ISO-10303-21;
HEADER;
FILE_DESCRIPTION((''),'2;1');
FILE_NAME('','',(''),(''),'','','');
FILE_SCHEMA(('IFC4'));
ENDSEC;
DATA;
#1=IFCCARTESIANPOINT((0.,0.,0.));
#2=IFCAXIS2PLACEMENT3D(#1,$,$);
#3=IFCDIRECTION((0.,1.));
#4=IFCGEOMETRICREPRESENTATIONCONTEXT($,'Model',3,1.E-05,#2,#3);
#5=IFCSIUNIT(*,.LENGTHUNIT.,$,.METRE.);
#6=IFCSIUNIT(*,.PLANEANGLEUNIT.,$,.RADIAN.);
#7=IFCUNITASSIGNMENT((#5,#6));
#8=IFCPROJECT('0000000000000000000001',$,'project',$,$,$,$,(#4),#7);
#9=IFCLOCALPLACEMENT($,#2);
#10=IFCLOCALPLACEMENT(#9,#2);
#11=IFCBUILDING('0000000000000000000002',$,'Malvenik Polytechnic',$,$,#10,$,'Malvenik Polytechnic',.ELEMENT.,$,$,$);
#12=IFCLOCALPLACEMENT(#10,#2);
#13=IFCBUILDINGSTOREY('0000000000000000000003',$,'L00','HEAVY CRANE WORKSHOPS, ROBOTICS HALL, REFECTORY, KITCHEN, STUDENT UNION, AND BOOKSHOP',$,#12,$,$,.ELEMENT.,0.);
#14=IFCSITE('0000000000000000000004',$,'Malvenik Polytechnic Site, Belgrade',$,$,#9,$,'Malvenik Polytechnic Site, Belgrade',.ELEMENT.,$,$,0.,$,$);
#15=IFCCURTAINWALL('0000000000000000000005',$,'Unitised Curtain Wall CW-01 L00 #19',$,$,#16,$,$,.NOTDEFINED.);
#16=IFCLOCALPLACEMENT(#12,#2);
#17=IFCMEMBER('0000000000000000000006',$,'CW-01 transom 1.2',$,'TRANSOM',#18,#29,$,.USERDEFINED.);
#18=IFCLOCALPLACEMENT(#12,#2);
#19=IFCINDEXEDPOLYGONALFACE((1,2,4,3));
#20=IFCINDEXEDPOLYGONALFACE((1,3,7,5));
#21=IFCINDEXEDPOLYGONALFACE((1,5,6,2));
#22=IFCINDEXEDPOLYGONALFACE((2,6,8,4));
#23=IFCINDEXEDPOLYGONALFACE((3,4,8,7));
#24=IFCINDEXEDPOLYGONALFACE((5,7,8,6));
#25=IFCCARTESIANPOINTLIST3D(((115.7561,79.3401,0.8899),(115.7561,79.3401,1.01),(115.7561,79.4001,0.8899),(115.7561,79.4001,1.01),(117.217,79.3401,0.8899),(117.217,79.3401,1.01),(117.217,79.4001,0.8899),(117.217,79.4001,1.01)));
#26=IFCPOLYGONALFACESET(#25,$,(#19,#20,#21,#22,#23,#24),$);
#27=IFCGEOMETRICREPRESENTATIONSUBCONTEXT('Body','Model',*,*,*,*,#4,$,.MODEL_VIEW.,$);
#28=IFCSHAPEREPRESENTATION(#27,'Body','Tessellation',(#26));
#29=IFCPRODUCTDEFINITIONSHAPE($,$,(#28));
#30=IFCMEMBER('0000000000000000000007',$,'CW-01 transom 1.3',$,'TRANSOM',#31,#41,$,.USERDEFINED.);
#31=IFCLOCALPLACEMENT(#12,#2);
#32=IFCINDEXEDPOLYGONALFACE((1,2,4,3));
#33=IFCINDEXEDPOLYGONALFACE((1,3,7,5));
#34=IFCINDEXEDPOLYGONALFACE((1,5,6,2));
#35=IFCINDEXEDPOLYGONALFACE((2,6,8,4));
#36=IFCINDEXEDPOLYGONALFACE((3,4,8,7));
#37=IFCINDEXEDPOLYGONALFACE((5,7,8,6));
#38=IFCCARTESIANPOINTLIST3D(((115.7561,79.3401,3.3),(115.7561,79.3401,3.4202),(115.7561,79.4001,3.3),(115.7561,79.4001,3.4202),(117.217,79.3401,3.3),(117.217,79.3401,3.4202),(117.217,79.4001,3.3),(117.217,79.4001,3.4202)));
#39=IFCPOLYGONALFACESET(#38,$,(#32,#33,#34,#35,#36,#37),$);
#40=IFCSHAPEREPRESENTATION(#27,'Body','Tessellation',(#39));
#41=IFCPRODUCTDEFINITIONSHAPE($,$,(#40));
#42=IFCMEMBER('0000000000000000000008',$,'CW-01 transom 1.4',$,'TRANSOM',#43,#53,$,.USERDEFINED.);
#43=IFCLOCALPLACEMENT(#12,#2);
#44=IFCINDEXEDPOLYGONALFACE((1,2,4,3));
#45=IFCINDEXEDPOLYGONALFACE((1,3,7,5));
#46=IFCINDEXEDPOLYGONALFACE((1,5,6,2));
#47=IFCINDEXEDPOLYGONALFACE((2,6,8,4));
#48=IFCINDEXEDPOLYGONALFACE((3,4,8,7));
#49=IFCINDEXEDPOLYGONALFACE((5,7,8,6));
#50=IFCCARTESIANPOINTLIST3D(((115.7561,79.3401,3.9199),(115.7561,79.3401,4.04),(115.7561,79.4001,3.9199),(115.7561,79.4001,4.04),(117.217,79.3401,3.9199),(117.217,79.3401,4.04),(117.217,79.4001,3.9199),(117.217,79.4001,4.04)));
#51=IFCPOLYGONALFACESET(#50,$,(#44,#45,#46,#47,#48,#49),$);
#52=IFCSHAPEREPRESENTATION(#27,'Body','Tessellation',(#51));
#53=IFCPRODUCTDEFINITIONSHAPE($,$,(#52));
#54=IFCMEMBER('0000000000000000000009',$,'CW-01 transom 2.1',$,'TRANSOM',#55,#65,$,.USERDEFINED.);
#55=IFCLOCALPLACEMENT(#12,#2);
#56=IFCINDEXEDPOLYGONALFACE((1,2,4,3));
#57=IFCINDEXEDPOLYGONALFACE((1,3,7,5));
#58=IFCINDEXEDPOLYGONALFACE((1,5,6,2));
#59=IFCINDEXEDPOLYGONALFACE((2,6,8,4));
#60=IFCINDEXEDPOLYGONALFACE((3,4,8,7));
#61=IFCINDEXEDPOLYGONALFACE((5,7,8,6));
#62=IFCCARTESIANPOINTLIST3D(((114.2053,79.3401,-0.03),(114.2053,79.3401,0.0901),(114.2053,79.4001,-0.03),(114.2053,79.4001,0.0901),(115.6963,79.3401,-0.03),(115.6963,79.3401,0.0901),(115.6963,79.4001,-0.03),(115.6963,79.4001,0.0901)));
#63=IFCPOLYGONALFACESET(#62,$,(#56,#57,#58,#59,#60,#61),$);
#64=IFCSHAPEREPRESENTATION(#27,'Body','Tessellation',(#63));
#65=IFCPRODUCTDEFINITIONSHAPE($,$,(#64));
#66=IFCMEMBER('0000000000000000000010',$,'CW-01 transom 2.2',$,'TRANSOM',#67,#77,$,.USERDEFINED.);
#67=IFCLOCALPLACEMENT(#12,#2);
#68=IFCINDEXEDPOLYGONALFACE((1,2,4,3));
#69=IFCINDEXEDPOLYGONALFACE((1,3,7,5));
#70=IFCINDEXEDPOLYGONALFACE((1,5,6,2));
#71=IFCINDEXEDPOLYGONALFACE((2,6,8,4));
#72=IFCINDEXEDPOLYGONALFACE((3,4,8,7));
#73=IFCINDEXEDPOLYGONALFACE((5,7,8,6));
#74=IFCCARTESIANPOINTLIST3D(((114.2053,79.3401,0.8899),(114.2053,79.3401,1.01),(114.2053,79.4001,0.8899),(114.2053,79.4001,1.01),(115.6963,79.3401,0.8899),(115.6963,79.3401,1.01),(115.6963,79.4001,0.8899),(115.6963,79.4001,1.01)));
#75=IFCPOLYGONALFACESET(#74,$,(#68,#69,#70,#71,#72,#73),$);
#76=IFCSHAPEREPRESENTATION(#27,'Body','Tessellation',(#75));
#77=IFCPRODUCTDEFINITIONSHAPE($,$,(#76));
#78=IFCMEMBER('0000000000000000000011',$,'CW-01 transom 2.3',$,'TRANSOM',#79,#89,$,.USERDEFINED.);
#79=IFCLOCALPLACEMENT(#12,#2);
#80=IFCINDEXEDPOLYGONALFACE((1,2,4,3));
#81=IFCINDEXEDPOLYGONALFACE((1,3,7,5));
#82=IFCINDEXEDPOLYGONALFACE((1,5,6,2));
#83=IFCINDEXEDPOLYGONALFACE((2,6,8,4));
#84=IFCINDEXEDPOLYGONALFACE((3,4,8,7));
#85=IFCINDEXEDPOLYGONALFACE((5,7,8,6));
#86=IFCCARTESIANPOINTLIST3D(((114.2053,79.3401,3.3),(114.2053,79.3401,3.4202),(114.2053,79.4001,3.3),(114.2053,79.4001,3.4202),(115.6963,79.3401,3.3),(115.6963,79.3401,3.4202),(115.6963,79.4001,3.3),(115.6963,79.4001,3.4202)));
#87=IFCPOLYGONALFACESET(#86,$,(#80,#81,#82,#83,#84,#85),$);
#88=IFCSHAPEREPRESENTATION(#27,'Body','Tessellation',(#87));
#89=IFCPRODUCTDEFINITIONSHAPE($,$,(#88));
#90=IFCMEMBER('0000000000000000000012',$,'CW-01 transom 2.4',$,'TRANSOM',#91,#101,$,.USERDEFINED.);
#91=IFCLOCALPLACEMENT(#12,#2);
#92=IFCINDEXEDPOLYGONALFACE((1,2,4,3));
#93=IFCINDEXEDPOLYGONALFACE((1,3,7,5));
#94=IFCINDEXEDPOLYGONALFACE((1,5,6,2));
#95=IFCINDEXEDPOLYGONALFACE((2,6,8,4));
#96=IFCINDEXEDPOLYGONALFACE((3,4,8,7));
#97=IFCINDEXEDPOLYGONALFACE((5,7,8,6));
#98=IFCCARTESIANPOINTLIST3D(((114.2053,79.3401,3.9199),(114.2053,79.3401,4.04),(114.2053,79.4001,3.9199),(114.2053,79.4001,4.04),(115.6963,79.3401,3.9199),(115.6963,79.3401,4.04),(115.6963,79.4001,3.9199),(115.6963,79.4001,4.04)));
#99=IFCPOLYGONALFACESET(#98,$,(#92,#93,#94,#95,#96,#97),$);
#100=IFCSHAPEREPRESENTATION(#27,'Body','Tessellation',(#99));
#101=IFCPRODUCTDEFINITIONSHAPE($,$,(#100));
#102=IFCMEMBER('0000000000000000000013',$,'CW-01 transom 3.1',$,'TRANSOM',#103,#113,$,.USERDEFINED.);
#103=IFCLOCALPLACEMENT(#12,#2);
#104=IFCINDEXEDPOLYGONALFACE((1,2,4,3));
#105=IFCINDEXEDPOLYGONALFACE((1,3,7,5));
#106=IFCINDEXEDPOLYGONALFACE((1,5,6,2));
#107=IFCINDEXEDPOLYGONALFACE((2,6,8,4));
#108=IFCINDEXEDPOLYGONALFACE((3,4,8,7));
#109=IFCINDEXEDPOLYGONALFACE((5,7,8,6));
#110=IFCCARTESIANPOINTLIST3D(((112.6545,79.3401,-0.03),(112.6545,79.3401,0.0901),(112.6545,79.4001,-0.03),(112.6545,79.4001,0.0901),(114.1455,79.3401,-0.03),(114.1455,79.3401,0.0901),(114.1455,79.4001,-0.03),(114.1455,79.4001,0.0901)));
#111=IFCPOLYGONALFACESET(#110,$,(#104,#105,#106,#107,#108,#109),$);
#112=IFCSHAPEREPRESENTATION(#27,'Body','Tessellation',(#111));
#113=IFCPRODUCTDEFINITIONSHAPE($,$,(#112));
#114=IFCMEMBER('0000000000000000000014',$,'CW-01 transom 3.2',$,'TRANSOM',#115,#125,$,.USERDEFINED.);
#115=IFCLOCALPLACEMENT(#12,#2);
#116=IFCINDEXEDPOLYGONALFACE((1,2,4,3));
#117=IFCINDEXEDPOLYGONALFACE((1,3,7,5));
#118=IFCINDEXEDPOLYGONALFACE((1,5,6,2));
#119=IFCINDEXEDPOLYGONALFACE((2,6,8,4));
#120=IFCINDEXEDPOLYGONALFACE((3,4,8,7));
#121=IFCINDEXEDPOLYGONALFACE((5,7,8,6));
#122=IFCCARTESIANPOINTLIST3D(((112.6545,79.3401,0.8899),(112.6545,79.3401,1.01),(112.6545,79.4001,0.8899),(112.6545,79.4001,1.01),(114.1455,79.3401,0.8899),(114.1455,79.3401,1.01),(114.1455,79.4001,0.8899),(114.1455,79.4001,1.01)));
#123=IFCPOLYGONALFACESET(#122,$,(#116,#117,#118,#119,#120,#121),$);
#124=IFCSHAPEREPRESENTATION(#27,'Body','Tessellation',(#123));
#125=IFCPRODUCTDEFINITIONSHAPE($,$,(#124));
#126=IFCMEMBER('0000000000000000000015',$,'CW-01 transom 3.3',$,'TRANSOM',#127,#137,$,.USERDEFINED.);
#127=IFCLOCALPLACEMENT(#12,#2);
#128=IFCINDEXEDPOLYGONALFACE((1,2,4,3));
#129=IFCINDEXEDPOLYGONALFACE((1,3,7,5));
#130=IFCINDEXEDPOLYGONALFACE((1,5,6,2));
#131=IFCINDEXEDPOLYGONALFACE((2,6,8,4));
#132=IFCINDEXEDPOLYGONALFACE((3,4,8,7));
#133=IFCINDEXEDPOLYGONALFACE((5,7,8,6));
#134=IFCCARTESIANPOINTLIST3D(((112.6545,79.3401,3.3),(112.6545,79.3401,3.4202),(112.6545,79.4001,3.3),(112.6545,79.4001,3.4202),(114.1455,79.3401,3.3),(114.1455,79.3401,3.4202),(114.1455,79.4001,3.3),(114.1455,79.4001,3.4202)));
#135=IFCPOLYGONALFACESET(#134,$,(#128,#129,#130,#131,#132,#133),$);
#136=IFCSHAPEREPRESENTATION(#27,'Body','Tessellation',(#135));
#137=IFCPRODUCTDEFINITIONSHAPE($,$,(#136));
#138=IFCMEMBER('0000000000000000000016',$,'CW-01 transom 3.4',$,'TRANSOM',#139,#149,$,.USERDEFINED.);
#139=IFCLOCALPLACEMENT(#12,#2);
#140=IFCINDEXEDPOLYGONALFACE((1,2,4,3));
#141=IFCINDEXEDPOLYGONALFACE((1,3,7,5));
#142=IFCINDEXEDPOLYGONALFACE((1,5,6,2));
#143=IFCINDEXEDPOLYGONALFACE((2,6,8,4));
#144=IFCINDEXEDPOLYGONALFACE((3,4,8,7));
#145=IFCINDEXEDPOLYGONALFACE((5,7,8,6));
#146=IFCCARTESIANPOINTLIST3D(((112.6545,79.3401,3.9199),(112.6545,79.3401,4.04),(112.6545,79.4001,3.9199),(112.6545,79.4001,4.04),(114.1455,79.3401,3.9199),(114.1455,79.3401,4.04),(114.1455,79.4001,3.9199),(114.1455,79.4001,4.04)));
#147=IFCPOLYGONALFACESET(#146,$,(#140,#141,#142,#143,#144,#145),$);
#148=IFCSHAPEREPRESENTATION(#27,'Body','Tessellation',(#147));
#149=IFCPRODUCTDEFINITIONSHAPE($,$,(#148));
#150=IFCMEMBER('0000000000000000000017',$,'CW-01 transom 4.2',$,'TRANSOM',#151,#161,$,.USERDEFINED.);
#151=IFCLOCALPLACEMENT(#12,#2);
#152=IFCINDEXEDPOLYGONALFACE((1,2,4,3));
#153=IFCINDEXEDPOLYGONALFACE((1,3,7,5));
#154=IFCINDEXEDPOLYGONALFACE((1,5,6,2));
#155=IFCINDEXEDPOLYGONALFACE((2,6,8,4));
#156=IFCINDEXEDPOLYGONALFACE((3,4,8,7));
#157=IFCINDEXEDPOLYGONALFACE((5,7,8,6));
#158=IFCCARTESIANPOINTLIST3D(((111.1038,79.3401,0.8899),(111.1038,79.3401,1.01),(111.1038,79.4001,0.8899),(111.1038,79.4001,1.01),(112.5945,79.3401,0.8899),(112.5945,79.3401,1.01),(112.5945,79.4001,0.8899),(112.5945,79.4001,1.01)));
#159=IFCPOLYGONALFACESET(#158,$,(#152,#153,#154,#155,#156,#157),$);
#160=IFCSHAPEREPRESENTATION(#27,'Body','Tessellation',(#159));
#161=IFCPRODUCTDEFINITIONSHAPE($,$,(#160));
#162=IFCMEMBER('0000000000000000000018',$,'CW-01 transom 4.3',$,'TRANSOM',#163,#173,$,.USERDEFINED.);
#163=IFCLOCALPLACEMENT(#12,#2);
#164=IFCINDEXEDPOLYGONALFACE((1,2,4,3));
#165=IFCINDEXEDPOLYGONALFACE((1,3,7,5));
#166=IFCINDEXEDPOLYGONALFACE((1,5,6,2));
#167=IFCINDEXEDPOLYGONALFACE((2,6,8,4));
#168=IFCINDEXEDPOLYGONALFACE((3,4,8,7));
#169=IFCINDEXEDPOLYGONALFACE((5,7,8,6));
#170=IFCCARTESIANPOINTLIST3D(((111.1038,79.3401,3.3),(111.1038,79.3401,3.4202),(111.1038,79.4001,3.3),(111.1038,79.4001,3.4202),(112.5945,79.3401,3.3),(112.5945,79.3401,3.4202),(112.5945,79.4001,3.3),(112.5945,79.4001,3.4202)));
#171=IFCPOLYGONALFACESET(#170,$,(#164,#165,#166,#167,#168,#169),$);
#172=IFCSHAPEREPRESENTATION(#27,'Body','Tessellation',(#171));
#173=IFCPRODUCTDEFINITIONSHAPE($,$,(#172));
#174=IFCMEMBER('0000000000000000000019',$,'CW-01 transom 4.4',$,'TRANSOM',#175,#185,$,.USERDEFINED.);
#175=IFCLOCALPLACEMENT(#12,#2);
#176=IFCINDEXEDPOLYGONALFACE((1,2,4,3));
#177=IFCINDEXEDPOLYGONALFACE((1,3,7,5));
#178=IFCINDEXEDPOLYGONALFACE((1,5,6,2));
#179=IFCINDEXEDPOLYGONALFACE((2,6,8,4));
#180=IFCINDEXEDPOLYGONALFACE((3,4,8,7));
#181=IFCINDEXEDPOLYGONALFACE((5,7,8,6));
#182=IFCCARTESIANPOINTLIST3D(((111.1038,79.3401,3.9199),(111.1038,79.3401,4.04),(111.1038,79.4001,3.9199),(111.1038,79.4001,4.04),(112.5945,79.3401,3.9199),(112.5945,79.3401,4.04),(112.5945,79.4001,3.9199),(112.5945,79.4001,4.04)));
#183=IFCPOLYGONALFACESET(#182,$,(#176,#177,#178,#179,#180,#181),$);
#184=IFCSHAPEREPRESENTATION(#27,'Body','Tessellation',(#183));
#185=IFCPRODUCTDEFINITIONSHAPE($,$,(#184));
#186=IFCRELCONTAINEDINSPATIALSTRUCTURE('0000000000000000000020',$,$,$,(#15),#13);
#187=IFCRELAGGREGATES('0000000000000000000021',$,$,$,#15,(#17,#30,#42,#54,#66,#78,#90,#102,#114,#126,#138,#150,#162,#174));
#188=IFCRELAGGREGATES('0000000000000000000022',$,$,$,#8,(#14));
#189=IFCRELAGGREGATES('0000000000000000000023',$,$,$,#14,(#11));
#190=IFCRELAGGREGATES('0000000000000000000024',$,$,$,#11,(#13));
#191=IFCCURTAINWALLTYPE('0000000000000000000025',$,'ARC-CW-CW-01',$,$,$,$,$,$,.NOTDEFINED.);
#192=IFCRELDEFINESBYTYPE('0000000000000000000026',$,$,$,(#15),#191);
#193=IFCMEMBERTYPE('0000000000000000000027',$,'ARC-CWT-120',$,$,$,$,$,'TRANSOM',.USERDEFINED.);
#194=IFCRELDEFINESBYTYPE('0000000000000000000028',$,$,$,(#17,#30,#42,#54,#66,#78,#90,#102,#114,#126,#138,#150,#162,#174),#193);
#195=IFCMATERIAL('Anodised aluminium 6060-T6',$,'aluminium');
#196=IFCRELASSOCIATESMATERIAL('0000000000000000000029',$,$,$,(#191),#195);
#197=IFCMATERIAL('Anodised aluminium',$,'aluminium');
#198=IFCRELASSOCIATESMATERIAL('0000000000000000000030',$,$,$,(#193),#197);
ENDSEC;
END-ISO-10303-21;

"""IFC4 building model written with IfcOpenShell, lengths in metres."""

from ifc_helpers import new_model, si_unit, direction, frame, origin, origin_2d, place, context, subcontext, project, spatial, rectangle, extrude, material, material_profile, profile_set, type_object, element, aggregate, save


model = new_model("IFC4")

# Units and contexts
model_context = context("Model", 3, precision=1e-05, world=origin(), true_north=direction((0.0, 1.0)))
body_context = subcontext(model_context, "Body", "Model", "MODEL_VIEW")
ifc_project = project(units=[si_unit("LENGTHUNIT", "METRE"), si_unit("PLANEANGLEUNIT", "RADIAN")], contexts=[model_context])

# Site, building, storey
site_placement = place(None, origin())
site = spatial("IfcSite", under=ifc_project, at=site_placement, Name="Malvenik Polytechnic Site, Belgrade", LongName="Malvenik Polytechnic Site, Belgrade", CompositionType="ELEMENT", RefElevation=0.0)
building_placement = place(site_placement, origin())
building = spatial("IfcBuilding", under=site, at=building_placement, Name="Malvenik Polytechnic", LongName="Malvenik Polytechnic", CompositionType="ELEMENT")
storey_placement = place(building_placement, origin())
storey = spatial("IfcBuildingStorey", under=building, at=storey_placement, Name="L00", Description="HEAVY CRANE WORKSHOPS, ROBOTICS HALL, REFECTORY, KITCHEN, STUDENT UNION, AND BOOKSHOP", CompositionType="ELEMENT", Elevation=0.0)

# Curtain wall
ifc_material_1 = material(Name="Anodised aluminium 6060-T6", Category="aluminium")
curtain_wall_type = type_object("IfcCurtainWallType", Name="ARC-CW-CW-01", PredefinedType="NOTDEFINED", material=ifc_material_1)
curtain_wall_1_placement = place(storey_placement, origin())
curtain_wall_1 = element("IfcCurtainWall", 1, at=curtain_wall_1_placement, inside=storey, type_object=curtain_wall_type, Name="Unitised Curtain Wall CW-01 L00 #19", PredefinedType="NOTDEFINED")
ifc_material_2 = material(Name="Anodised aluminium", Category="aluminium")

# Members
ifc_material_profile_1 = material_profile(ifc_material_2, rectangle(XDim=0.0601, YDim=0.1201, at=origin_2d()), Name="ALU TRANSOM 60x120")
ifc_profile_set_1 = profile_set([ifc_material_profile_1], Name="Anodised aluminium")
member_type_1 = type_object("IfcMemberType", Name="ARC-CWT-120", ElementType="TRANSOM", PredefinedType="USERDEFINED", material=ifc_profile_set_1)
member_1_placement = place(storey_placement, frame((117.217, 79.3701, 0.95), z_axis=(-1.0, 0.0, 0.0), x_axis=(0.0, -1.0, 0.0)))
member_1 = element("IfcMember", 2, at=member_1_placement, type_object=member_type_1, Name="CW-01 transom 1.2", ObjectType="TRANSOM", PredefinedType="USERDEFINED", context=body_context, shape_type="SweptSolid", body=[
    extrude(rectangle(XDim=0.0601, YDim=0.1201, at=origin_2d()), origin(), (0.0, 0.0, 1.0), 1.4609),
])
member_2_placement = place(storey_placement, frame((117.217, 79.3701, 3.3601), z_axis=(-1.0, 0.0, 0.0), x_axis=(0.0, -1.0, 0.0)))
member_2 = element("IfcMember", 3, at=member_2_placement, type_object=member_type_1, Name="CW-01 transom 1.3", ObjectType="TRANSOM", PredefinedType="USERDEFINED", context=body_context, shape_type="SweptSolid", body=[
    extrude(rectangle(XDim=0.0601, YDim=0.1201, at=origin_2d()), origin(), (0.0, 0.0, 1.0), 1.4609),
])
member_3_placement = place(storey_placement, frame((117.217, 79.3701, 3.98), z_axis=(-1.0, 0.0, 0.0), x_axis=(0.0, -1.0, 0.0)))
member_3 = element("IfcMember", 4, at=member_3_placement, type_object=member_type_1, Name="CW-01 transom 1.4", ObjectType="TRANSOM", PredefinedType="USERDEFINED", context=body_context, shape_type="SweptSolid", body=[
    extrude(rectangle(XDim=0.0601, YDim=0.1201, at=origin_2d()), origin(), (0.0, 0.0, 1.0), 1.4609),
])
member_4_placement = place(storey_placement, frame((115.6963, 79.3701, 0.03), z_axis=(-1.0, 0.0, 0.0), x_axis=(0.0, -1.0, 0.0)))
member_4 = element("IfcMember", 5, at=member_4_placement, type_object=member_type_1, Name="CW-01 transom 2.1", ObjectType="TRANSOM", PredefinedType="USERDEFINED", context=body_context, shape_type="SweptSolid", body=[
    extrude(rectangle(XDim=0.0601, YDim=0.1201, at=origin_2d()), origin(), (0.0, 0.0, 1.0), 1.491),
])
member_5_placement = place(storey_placement, frame((115.6963, 79.3701, 0.95), z_axis=(-1.0, 0.0, 0.0), x_axis=(0.0, -1.0, 0.0)))
member_5 = element("IfcMember", 6, at=member_5_placement, type_object=member_type_1, Name="CW-01 transom 2.2", ObjectType="TRANSOM", PredefinedType="USERDEFINED", context=body_context, shape_type="SweptSolid", body=[
    extrude(rectangle(XDim=0.0601, YDim=0.1201, at=origin_2d()), origin(), (0.0, 0.0, 1.0), 1.491),
])
member_6_placement = place(storey_placement, frame((115.6963, 79.3701, 3.3601), z_axis=(-1.0, 0.0, 0.0), x_axis=(0.0, -1.0, 0.0)))
member_6 = element("IfcMember", 7, at=member_6_placement, type_object=member_type_1, Name="CW-01 transom 2.3", ObjectType="TRANSOM", PredefinedType="USERDEFINED", context=body_context, shape_type="SweptSolid", body=[
    extrude(rectangle(XDim=0.0601, YDim=0.1201, at=origin_2d()), origin(), (0.0, 0.0, 1.0), 1.491),
])
member_7_placement = place(storey_placement, frame((115.6963, 79.3701, 3.98), z_axis=(-1.0, 0.0, 0.0), x_axis=(0.0, -1.0, 0.0)))
member_7 = element("IfcMember", 8, at=member_7_placement, type_object=member_type_1, Name="CW-01 transom 2.4", ObjectType="TRANSOM", PredefinedType="USERDEFINED", context=body_context, shape_type="SweptSolid", body=[
    extrude(rectangle(XDim=0.0601, YDim=0.1201, at=origin_2d()), origin(), (0.0, 0.0, 1.0), 1.491),
])
member_8_placement = place(storey_placement, frame((114.1455, 79.3701, 0.03), z_axis=(-1.0, 0.0, 0.0), x_axis=(0.0, -1.0, 0.0)))
member_8 = element("IfcMember", 9, at=member_8_placement, type_object=member_type_1, Name="CW-01 transom 3.1", ObjectType="TRANSOM", PredefinedType="USERDEFINED", context=body_context, shape_type="SweptSolid", body=[
    extrude(rectangle(XDim=0.0601, YDim=0.1201, at=origin_2d()), origin(), (0.0, 0.0, 1.0), 1.491),
])
member_9_placement = place(storey_placement, frame((114.1455, 79.3701, 0.95), z_axis=(-1.0, 0.0, 0.0), x_axis=(0.0, -1.0, 0.0)))
member_9 = element("IfcMember", 10, at=member_9_placement, type_object=member_type_1, Name="CW-01 transom 3.2", ObjectType="TRANSOM", PredefinedType="USERDEFINED", context=body_context, shape_type="SweptSolid", body=[
    extrude(rectangle(XDim=0.0601, YDim=0.1201, at=origin_2d()), origin(), (0.0, 0.0, 1.0), 1.491),
])
member_10_placement = place(storey_placement, frame((114.1455, 79.3701, 3.3601), z_axis=(-1.0, 0.0, 0.0), x_axis=(0.0, -1.0, 0.0)))
member_10 = element("IfcMember", 11, at=member_10_placement, type_object=member_type_1, Name="CW-01 transom 3.3", ObjectType="TRANSOM", PredefinedType="USERDEFINED", context=body_context, shape_type="SweptSolid", body=[
    extrude(rectangle(XDim=0.0601, YDim=0.1201, at=origin_2d()), origin(), (0.0, 0.0, 1.0), 1.491),
])
member_11_placement = place(storey_placement, frame((114.1455, 79.3701, 3.98), z_axis=(-1.0, 0.0, 0.0), x_axis=(0.0, -1.0, 0.0)))
member_11 = element("IfcMember", 12, at=member_11_placement, type_object=member_type_1, Name="CW-01 transom 3.4", ObjectType="TRANSOM", PredefinedType="USERDEFINED", context=body_context, shape_type="SweptSolid", body=[
    extrude(rectangle(XDim=0.0601, YDim=0.1201, at=origin_2d()), origin(), (0.0, 0.0, 1.0), 1.491),
])
member_12_placement = place(storey_placement, frame((112.5945, 79.3701, 0.95), z_axis=(-1.0, 0.0, 0.0), x_axis=(0.0, -1.0, 0.0)))
member_12 = element("IfcMember", 13, at=member_12_placement, type_object=member_type_1, Name="CW-01 transom 4.2", ObjectType="TRANSOM", PredefinedType="USERDEFINED", context=body_context, shape_type="SweptSolid", body=[
    extrude(rectangle(XDim=0.0601, YDim=0.1201, at=origin_2d()), origin(), (0.0, 0.0, 1.0), 1.4907),
])
member_13_placement = place(storey_placement, frame((112.5945, 79.3701, 3.3601), z_axis=(-1.0, 0.0, 0.0), x_axis=(0.0, -1.0, 0.0)))
member_13 = element("IfcMember", 14, at=member_13_placement, type_object=member_type_1, Name="CW-01 transom 4.3", ObjectType="TRANSOM", PredefinedType="USERDEFINED", context=body_context, shape_type="SweptSolid", body=[
    extrude(rectangle(XDim=0.0601, YDim=0.1201, at=origin_2d()), origin(), (0.0, 0.0, 1.0), 1.4907),
])
member_14_placement = place(storey_placement, frame((112.5945, 79.3701, 3.98), z_axis=(-1.0, 0.0, 0.0), x_axis=(0.0, -1.0, 0.0)))
member_14 = element("IfcMember", 15, at=member_14_placement, type_object=member_type_1, Name="CW-01 transom 4.4", ObjectType="TRANSOM", PredefinedType="USERDEFINED", context=body_context, shape_type="SweptSolid", body=[
    extrude(rectangle(XDim=0.0601, YDim=0.1201, at=origin_2d()), origin(), (0.0, 0.0, 1.0), 1.4907),
])

aggregate(curtain_wall_1, [member_1, member_2, member_3, member_4, member_5, member_6, member_7, member_8, member_9, member_10, member_11, member_12, member_13, member_14])

save(model, "model.ifc")
